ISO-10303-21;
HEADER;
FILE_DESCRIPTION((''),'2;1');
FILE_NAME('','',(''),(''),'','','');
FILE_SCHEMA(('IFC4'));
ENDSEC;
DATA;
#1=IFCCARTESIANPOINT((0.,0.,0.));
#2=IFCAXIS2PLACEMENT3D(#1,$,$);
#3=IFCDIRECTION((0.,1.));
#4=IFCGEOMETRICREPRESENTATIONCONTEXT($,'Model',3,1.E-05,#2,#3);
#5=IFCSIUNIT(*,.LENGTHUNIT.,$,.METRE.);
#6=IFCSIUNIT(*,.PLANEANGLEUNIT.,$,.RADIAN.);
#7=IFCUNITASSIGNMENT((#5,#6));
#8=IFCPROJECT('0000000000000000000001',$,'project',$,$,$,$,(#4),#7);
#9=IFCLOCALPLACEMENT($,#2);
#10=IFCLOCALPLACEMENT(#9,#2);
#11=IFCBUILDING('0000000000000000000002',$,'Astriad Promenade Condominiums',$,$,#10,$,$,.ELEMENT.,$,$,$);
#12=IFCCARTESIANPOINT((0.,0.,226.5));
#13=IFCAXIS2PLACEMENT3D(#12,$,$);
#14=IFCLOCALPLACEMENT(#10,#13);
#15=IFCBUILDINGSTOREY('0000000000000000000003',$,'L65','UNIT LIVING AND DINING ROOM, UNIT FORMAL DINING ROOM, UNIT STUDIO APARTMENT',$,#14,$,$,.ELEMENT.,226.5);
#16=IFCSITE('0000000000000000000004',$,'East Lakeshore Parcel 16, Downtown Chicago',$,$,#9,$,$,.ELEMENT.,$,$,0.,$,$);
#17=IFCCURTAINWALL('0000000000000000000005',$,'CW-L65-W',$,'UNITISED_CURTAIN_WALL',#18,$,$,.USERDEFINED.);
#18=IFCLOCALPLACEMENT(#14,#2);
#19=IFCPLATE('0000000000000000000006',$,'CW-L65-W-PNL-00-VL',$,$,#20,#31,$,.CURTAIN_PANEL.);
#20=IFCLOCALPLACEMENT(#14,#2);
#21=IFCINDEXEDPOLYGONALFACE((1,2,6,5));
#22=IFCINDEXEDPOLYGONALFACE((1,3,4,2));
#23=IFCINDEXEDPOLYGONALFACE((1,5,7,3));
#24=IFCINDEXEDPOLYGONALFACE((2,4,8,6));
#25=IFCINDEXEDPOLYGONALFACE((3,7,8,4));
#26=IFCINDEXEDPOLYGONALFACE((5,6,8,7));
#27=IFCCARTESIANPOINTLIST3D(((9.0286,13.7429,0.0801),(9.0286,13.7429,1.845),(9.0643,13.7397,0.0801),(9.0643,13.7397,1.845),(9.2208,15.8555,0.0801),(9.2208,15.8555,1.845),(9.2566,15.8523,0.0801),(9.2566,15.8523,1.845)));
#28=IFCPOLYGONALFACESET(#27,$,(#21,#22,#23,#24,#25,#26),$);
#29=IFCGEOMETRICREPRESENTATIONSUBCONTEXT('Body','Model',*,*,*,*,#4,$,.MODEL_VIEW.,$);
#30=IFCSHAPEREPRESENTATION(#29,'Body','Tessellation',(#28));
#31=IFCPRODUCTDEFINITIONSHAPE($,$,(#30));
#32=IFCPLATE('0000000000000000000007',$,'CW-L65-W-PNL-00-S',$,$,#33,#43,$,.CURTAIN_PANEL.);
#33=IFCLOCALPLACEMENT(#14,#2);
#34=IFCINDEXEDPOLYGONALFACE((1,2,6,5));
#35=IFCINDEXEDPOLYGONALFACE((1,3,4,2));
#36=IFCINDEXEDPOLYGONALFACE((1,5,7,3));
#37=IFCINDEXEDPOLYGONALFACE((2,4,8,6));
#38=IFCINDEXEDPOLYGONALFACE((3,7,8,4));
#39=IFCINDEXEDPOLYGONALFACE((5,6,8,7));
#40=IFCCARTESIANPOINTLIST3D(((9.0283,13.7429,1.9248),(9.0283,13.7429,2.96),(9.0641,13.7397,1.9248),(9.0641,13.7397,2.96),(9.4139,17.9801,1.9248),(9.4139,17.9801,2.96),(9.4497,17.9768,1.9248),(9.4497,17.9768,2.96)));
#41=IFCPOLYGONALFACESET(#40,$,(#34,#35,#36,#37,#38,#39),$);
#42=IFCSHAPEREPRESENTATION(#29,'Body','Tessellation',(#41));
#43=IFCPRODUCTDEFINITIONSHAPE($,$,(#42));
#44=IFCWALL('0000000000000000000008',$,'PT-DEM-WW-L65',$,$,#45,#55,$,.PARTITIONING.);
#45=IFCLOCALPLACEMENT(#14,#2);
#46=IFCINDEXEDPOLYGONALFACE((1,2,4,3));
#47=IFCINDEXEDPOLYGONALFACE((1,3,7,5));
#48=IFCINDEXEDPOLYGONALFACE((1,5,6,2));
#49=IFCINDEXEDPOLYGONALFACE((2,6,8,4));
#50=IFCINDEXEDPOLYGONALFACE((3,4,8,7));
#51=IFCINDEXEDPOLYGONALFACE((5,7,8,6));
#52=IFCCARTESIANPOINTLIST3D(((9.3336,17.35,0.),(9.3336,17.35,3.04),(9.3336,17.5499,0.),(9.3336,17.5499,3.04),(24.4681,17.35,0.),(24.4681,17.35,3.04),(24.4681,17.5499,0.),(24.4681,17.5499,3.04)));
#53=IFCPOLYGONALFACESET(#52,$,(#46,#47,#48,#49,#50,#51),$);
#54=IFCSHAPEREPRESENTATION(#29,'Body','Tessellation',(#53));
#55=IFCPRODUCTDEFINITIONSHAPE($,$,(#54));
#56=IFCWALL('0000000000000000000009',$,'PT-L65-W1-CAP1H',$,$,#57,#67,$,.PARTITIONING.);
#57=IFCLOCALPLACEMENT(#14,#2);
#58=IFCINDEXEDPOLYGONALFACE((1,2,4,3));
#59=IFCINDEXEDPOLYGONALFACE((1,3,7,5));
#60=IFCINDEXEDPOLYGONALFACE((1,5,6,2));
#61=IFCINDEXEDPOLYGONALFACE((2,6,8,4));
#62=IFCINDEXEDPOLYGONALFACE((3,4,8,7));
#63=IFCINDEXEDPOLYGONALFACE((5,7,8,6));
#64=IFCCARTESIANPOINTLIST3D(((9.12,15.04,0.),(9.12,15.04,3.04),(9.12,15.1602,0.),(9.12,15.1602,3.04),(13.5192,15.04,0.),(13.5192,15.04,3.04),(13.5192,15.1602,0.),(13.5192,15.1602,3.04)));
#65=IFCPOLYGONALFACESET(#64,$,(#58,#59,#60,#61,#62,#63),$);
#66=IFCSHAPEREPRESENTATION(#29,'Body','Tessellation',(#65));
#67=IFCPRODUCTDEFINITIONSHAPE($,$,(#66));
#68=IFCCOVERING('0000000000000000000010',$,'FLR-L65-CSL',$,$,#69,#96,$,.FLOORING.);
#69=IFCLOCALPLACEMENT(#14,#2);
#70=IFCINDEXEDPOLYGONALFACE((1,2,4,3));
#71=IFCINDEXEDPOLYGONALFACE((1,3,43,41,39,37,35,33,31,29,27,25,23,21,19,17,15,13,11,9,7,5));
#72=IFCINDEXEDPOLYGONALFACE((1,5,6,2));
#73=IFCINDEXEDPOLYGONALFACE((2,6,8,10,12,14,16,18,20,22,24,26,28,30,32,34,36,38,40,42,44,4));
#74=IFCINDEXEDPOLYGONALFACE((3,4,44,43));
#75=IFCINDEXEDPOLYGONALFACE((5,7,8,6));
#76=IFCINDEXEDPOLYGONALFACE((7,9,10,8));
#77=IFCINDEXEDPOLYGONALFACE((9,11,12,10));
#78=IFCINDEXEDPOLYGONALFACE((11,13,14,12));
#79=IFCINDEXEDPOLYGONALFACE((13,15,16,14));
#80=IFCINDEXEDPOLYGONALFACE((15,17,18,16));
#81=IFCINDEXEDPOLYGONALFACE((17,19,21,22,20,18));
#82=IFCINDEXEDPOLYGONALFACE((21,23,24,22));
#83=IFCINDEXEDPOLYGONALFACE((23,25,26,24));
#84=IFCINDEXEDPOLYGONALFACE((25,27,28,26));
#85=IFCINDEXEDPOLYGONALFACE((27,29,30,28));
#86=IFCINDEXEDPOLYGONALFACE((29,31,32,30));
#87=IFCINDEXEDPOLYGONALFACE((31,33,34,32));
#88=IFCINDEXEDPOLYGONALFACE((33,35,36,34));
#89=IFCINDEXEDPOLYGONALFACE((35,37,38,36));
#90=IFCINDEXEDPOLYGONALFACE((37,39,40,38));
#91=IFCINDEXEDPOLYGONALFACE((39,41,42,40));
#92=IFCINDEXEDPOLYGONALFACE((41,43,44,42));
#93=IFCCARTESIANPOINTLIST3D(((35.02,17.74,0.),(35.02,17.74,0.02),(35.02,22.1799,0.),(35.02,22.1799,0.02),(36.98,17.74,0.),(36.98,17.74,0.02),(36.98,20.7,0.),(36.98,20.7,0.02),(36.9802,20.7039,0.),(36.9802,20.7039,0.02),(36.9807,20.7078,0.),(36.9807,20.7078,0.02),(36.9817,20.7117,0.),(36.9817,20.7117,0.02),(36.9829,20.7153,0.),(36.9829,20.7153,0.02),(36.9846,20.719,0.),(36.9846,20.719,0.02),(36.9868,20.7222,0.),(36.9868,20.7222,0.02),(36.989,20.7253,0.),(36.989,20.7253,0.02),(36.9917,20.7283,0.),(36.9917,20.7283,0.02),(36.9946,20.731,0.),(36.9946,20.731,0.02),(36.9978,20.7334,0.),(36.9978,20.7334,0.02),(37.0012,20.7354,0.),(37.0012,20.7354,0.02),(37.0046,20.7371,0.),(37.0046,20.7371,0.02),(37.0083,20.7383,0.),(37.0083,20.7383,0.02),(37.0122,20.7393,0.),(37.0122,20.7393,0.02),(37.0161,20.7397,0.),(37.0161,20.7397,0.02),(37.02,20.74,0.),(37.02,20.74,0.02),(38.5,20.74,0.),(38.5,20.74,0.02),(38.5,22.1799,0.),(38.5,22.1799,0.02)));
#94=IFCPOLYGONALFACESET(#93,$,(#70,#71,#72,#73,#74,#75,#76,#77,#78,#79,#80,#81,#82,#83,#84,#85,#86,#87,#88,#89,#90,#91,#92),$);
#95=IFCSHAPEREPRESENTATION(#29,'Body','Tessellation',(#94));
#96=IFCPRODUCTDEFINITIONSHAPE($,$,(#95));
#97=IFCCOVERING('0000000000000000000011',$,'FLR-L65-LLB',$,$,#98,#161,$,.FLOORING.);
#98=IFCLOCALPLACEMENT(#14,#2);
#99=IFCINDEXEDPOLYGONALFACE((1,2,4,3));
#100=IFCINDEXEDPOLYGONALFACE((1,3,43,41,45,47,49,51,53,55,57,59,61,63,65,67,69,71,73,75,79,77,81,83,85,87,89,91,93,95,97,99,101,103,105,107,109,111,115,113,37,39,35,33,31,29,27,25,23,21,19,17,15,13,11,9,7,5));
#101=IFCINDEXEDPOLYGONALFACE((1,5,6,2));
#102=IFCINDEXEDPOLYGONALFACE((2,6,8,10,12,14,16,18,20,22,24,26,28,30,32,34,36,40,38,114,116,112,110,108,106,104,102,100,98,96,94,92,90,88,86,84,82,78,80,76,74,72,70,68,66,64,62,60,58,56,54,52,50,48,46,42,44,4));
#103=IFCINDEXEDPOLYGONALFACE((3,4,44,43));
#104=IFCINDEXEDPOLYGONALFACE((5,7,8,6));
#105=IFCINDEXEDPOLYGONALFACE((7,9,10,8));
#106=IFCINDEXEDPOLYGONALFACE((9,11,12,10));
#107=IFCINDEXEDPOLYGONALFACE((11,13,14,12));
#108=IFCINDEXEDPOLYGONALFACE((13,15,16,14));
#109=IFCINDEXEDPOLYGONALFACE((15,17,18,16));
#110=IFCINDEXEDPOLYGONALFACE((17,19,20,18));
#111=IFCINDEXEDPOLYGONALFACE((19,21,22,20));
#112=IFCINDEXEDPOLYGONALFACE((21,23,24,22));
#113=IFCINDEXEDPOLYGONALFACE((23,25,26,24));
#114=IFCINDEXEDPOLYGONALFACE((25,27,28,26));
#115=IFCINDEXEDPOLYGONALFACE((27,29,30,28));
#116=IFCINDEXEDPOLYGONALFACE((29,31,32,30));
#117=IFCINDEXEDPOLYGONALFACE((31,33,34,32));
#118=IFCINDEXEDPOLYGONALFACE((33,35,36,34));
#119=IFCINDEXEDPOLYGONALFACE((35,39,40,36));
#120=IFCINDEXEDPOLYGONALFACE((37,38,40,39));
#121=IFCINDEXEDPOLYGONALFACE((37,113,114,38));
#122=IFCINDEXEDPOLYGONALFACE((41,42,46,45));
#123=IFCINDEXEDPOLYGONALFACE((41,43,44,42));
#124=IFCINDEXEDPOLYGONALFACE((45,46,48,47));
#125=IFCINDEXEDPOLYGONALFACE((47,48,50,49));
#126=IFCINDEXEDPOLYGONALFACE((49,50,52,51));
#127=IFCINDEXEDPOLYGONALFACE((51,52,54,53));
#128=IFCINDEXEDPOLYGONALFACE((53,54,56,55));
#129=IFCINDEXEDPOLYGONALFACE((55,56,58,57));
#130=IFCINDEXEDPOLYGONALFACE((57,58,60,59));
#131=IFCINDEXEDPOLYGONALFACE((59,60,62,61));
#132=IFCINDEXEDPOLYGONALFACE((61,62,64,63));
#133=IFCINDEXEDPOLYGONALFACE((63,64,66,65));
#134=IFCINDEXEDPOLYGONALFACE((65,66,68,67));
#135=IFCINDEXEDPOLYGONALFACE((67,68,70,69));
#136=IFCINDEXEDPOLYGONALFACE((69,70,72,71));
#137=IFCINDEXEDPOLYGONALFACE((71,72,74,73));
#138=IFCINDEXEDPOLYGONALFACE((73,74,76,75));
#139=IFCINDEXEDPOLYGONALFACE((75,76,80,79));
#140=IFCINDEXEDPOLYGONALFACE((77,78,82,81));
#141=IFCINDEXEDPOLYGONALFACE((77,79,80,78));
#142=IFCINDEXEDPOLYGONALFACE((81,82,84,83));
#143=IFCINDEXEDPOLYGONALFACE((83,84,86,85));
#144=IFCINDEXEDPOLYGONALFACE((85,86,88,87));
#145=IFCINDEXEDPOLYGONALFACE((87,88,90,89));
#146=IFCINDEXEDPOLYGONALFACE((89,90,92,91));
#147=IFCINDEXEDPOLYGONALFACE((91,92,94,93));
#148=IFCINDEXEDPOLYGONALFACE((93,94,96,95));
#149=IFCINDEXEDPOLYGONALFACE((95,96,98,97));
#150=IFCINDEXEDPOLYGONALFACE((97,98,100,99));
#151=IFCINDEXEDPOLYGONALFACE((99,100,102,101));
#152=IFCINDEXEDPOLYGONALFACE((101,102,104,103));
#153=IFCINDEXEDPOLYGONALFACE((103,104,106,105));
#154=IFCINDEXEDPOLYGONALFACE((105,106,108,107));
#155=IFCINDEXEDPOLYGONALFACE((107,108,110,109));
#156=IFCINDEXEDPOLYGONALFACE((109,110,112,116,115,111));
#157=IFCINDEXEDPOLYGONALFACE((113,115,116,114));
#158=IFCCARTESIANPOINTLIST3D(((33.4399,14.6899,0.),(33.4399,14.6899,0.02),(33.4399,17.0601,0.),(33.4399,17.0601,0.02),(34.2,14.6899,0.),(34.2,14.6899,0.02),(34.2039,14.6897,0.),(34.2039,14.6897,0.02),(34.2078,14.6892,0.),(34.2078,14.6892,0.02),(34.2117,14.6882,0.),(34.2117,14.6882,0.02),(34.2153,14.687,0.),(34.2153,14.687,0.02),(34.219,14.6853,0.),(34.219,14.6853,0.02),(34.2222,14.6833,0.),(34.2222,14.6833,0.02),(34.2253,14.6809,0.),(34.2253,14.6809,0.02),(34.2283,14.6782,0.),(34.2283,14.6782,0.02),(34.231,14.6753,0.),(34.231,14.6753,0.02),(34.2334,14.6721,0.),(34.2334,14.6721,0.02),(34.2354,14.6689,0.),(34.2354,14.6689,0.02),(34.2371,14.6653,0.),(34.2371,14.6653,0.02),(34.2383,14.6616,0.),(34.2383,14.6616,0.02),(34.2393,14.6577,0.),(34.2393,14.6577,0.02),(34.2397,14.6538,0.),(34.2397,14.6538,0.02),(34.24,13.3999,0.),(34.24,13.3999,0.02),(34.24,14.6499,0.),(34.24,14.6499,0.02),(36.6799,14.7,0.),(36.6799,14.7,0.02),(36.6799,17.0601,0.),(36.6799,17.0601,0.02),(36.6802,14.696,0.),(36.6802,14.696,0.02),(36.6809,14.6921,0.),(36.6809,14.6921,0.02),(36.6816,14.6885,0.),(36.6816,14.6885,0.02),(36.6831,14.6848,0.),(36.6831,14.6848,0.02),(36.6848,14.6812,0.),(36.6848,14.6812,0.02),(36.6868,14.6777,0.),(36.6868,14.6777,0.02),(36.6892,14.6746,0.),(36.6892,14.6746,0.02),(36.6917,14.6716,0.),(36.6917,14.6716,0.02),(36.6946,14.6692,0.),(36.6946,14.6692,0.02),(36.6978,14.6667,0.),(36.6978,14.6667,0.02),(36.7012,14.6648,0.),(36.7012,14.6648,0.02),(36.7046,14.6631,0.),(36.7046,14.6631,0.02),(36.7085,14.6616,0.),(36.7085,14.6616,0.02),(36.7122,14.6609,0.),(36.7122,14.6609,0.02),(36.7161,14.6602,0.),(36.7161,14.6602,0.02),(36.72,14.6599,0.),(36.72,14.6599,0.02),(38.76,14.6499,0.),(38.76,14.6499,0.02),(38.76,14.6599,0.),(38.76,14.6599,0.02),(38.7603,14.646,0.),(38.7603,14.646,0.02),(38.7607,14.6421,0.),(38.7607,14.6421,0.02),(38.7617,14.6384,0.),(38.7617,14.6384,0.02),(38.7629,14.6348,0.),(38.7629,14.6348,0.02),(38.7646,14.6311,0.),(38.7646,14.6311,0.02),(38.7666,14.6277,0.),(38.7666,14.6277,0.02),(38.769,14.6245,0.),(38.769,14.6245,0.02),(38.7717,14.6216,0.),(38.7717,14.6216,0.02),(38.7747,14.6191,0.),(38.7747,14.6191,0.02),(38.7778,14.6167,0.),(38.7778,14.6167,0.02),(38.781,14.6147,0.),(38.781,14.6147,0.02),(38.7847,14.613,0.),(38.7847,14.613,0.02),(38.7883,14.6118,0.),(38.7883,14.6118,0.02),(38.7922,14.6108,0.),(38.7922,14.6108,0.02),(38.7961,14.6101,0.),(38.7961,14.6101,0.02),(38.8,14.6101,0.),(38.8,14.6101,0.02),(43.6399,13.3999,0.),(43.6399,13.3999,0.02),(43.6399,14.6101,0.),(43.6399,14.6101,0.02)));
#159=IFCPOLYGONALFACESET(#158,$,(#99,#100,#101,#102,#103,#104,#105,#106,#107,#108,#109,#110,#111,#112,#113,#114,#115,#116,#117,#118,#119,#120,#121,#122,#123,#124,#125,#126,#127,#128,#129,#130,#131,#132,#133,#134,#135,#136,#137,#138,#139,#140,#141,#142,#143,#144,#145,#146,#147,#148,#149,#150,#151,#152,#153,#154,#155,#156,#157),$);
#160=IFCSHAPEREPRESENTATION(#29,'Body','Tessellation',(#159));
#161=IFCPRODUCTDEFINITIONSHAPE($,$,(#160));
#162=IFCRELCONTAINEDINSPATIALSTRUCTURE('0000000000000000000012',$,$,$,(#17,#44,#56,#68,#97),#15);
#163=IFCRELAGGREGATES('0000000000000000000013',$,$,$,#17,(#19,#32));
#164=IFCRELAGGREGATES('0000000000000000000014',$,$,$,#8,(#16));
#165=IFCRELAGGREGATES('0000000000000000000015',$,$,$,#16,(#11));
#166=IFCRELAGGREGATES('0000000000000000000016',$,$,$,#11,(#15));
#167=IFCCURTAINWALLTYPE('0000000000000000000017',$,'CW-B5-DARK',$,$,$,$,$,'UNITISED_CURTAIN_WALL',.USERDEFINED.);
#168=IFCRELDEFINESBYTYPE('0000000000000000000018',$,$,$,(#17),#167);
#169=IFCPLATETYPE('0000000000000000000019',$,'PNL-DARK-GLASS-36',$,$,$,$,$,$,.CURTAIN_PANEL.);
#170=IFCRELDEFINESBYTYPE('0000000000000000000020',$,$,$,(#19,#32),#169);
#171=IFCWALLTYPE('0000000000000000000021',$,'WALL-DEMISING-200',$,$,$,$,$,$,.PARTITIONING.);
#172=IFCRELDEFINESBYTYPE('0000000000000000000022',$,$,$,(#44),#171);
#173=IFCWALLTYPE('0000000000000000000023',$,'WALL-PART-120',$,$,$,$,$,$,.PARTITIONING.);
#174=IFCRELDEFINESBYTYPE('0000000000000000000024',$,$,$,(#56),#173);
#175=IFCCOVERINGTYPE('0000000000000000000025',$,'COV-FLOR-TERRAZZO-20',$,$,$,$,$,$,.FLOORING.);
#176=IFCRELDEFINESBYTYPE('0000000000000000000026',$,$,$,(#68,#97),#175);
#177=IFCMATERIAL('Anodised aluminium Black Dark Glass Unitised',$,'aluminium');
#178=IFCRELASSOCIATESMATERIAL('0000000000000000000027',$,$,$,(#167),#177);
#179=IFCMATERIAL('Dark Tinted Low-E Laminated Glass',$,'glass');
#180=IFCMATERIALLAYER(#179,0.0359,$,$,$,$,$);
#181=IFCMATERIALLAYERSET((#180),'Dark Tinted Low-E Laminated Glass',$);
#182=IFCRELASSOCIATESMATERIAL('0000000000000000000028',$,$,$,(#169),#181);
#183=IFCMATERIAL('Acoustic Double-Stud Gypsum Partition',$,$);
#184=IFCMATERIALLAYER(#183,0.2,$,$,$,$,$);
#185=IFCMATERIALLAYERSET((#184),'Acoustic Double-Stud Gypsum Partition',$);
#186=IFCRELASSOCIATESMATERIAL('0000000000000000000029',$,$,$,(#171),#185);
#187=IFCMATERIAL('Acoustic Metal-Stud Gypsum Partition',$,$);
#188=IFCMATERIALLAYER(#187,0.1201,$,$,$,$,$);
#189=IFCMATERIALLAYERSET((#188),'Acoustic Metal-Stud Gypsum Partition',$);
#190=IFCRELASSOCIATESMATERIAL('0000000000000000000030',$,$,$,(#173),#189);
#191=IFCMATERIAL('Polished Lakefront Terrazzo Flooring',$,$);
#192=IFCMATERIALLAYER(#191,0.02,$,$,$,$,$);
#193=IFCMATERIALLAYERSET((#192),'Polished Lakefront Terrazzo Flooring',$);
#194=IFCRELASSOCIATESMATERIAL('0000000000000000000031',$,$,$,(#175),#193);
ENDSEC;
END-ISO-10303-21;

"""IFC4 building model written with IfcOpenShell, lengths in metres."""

from ifc_helpers import new_model, si_unit, direction, frame, frame_2d, origin, origin_2d, place, context, subcontext, project, spatial, polyline, rectangle, outline, extrude, source, transform, mapped, material, layer, layer_set, type_object, type_shapes, element, aggregate, save


model = new_model("IFC4")

# Units and contexts
model_context = context("Model", 3, precision=1e-05, world=origin(), true_north=direction((0.0, 1.0)))
body_context = subcontext(model_context, "Body", "Model", "MODEL_VIEW")
ifc_project = project(units=[si_unit("LENGTHUNIT", "METRE"), si_unit("PLANEANGLEUNIT", "RADIAN")], contexts=[model_context])

# Site, building, storey
site_placement = place(None, origin())
site = spatial("IfcSite", under=ifc_project, at=site_placement, Name="East Lakeshore Parcel 16, Downtown Chicago", CompositionType="ELEMENT", RefElevation=0.0)
building_placement = place(site_placement, origin())
building = spatial("IfcBuilding", under=site, at=building_placement, Name="Astriad Promenade Condominiums", CompositionType="ELEMENT")
storey_placement = place(building_placement, frame((0.0, 0.0, 226.5)))
storey = spatial("IfcBuildingStorey", under=building, at=storey_placement, Name="L65", Description="UNIT LIVING AND DINING ROOM, UNIT FORMAL DINING ROOM, UNIT STUDIO APARTMENT", CompositionType="ELEMENT", Elevation=226.5)

# Curtain wall
ifc_material_1 = material(Name="Anodised aluminium Black Dark Glass Unitised", Category="aluminium")
curtain_wall_type = type_object("IfcCurtainWallType", Name="CW-B5-DARK", ElementType="UNITISED_CURTAIN_WALL", PredefinedType="USERDEFINED", material=ifc_material_1)
curtain_wall_placement = place(storey_placement, origin())
curtain_wall = element("IfcCurtainWall", 1, at=curtain_wall_placement, inside=storey, type_object=curtain_wall_type, Name="CW-L65-W", ObjectType="UNITISED_CURTAIN_WALL", PredefinedType="USERDEFINED")

# Plates
ifc_material_2 = material(Name="Dark Tinted Low-E Laminated Glass", Category="glass")
ifc_layer_1 = layer(ifc_material_2, 0.0359)
ifc_layer_set_1 = layer_set([ifc_layer_1], Name="Dark Tinted Low-E Laminated Glass")
plate_type = type_object("IfcPlateType", Name="PNL-DARK-GLASS-36", PredefinedType="CURTAIN_PANEL", material=ifc_layer_set_1)
shared_shape_1 = source(origin(), body_context, "Body", "SweptSolid", [
    extrude(rectangle(XDim=2.1213, YDim=0.0359, at=origin_2d()), origin(), (0.0, 0.0, 1.0), 1.7649),
])
plate_1_placement = place(storey_placement, frame((9.1426, 14.7976, 0.0801), z_axis=(0.0, 0.0, 1.0), x_axis=(0.090633, 0.995884, 0.0)))
plate_1 = element("IfcPlate", 2, at=plate_1_placement, type_object=plate_type, Name="CW-L65-W-PNL-00-VL", PredefinedType="CURTAIN_PANEL", context=body_context, shape_type="MappedRepresentation", body=[
    mapped(shared_shape_1, transform((0.0, 0.0, 0.0), scale=1.0)),
])
shared_shape_2 = source(origin(), body_context, "Body", "SweptSolid", [
    extrude(rectangle(XDim=4.2546, YDim=0.0359, at=origin_2d()), origin(), (0.0, 0.0, 1.0), 1.0352),
])
type_shapes(plate_type, [shared_shape_1, shared_shape_2])
plate_2_placement = place(storey_placement, frame((9.239, 15.8599, 1.9248), z_axis=(0.0, 0.0, 1.0), x_axis=(0.090633, 0.995884, 0.0)))
plate_2 = element("IfcPlate", 3, at=plate_2_placement, type_object=plate_type, Name="CW-L65-W-PNL-00-S", PredefinedType="CURTAIN_PANEL", context=body_context, shape_type="MappedRepresentation", body=[
    mapped(shared_shape_2, transform((0.0, 0.0, 0.0), scale=1.0)),
])
aggregate(curtain_wall, [plate_1, plate_2])

# Walls
ifc_material_3 = material(Name="Acoustic Double-Stud Gypsum Partition")
ifc_layer_2 = layer(ifc_material_3, 0.2)
ifc_layer_set_2 = layer_set([ifc_layer_2], Name="Acoustic Double-Stud Gypsum Partition")
wall_type_1 = type_object("IfcWallType", Name="WALL-DEMISING-200", PredefinedType="PARTITIONING", material=ifc_layer_set_2)
wall_1_placement = place(storey_placement, frame((9.3335, 17.45, 0.0), z_axis=(0.0, 0.0, 1.0), x_axis=(1.0, 0.0, 0.0)))
element("IfcWall", 4, at=wall_1_placement, inside=storey, type_object=wall_type_1, Name="PT-DEM-WW-L65", PredefinedType="PARTITIONING", context=body_context, shape_type="SweptSolid", body=[
    extrude(rectangle(XDim=15.1345, YDim=0.2, at=frame_2d((7.5674, 0.0))), origin(), (0.0, 0.0, 1.0), 3.04),
])
ifc_material_4 = material(Name="Acoustic Metal-Stud Gypsum Partition")
ifc_layer_3 = layer(ifc_material_4, 0.1201)
ifc_layer_set_3 = layer_set([ifc_layer_3], Name="Acoustic Metal-Stud Gypsum Partition")
wall_type_2 = type_object("IfcWallType", Name="WALL-PART-120", PredefinedType="PARTITIONING", material=ifc_layer_set_3)
wall_2_placement = place(storey_placement, frame((9.1199, 15.1001, 0.0), z_axis=(0.0, 0.0, 1.0), x_axis=(1.0, 0.0, 0.0)))
element("IfcWall", 5, at=wall_2_placement, inside=storey, type_object=wall_type_2, Name="PT-L65-W1-CAP1H", PredefinedType="PARTITIONING", context=body_context, shape_type="SweptSolid", body=[
    extrude(rectangle(XDim=4.3992, YDim=0.1201, at=frame_2d((2.1997, 0.0))), origin(), (0.0, 0.0, 1.0), 3.04),
])

# Coverings
ifc_material_5 = material(Name="Polished Lakefront Terrazzo Flooring")
ifc_layer_4 = layer(ifc_material_5, 0.02)
ifc_layer_set_4 = layer_set([ifc_layer_4], Name="Polished Lakefront Terrazzo Flooring")
covering_type = type_object("IfcCoveringType", Name="COV-FLOR-TERRAZZO-20", PredefinedType="FLOORING", material=ifc_layer_set_4)
covering_1_placement = place(storey_placement, origin())
element("IfcCovering", 6, at=covering_1_placement, inside=storey, type_object=covering_type, Name="FLR-L65-CSL", PredefinedType="FLOORING", context=body_context, shape_type="SweptSolid", body=[
    extrude(outline(polyline([(36.98, 20.7), (36.98, 17.74), (35.02, 17.74), (35.02, 22.1799), (38.5, 22.1799), (38.5, 20.74), (37.02, 20.74), (37.0161, 20.7397), (37.0122, 20.7393), (37.0083, 20.7383), (37.0046, 20.7371), (37.0012, 20.7354), (36.9978, 20.7334), (36.9946, 20.731), (36.9917, 20.7283), (36.989, 20.7253), (36.9868, 20.7222), (36.9846, 20.719), (36.9829, 20.7153), (36.9817, 20.7117), (36.9807, 20.7078), (36.9802, 20.7039), (36.98, 20.7)])), origin(), (0.0, 0.0, 1.0), 0.02),
])
covering_2_placement = place(storey_placement, origin())
element("IfcCovering", 7, at=covering_2_placement, inside=storey, type_object=covering_type, Name="FLR-L65-LLB", PredefinedType="FLOORING", context=body_context, shape_type="SweptSolid", body=[
    extrude(outline(polyline([(43.6399, 14.6101), (43.6399, 13.3999), (34.24, 13.3999), (34.24, 14.6499), (34.2397, 14.6538), (34.2393, 14.6577), (34.2383, 14.6616), (34.2371, 14.6653), (34.2354, 14.6689), (34.2334, 14.6721), (34.231, 14.6753), (34.2283, 14.6782), (34.2253, 14.6809), (34.2222, 14.6833), (34.219, 14.6853), (34.2153, 14.687), (34.2117, 14.6882), (34.2078, 14.6892), (34.2039, 14.6897), (34.2, 14.6899), (33.4399, 14.6899), (33.4399, 17.0601), (36.6799, 17.0601), (36.6799, 14.7), (36.6802, 14.696), (36.6809, 14.6921), (36.6816, 14.6885), (36.6831, 14.6848), (36.6848, 14.6812), (36.6868, 14.6777), (36.6892, 14.6746), (36.6917, 14.6716), (36.6946, 14.6692), (36.6978, 14.6667), (36.7012, 14.6648), (36.7046, 14.6631), (36.7085, 14.6616), (36.7122, 14.6609), (36.7161, 14.6602), (36.72, 14.6599), (38.76, 14.6599), (38.76, 14.6499), (38.7603, 14.646), (38.7607, 14.6421), (38.7617, 14.6384), (38.7629, 14.6348), (38.7646, 14.6311), (38.7666, 14.6277), (38.769, 14.6245), (38.7717, 14.6216), (38.7747, 14.6191), (38.7778, 14.6167), (38.781, 14.6147), (38.7847, 14.613), (38.7883, 14.6118), (38.7922, 14.6108), (38.7961, 14.6101), (38.8, 14.6101), (43.6399, 14.6101)])), origin(), (0.0, 0.0, 1.0), 0.02),
])

save(model, "model.ifc")
